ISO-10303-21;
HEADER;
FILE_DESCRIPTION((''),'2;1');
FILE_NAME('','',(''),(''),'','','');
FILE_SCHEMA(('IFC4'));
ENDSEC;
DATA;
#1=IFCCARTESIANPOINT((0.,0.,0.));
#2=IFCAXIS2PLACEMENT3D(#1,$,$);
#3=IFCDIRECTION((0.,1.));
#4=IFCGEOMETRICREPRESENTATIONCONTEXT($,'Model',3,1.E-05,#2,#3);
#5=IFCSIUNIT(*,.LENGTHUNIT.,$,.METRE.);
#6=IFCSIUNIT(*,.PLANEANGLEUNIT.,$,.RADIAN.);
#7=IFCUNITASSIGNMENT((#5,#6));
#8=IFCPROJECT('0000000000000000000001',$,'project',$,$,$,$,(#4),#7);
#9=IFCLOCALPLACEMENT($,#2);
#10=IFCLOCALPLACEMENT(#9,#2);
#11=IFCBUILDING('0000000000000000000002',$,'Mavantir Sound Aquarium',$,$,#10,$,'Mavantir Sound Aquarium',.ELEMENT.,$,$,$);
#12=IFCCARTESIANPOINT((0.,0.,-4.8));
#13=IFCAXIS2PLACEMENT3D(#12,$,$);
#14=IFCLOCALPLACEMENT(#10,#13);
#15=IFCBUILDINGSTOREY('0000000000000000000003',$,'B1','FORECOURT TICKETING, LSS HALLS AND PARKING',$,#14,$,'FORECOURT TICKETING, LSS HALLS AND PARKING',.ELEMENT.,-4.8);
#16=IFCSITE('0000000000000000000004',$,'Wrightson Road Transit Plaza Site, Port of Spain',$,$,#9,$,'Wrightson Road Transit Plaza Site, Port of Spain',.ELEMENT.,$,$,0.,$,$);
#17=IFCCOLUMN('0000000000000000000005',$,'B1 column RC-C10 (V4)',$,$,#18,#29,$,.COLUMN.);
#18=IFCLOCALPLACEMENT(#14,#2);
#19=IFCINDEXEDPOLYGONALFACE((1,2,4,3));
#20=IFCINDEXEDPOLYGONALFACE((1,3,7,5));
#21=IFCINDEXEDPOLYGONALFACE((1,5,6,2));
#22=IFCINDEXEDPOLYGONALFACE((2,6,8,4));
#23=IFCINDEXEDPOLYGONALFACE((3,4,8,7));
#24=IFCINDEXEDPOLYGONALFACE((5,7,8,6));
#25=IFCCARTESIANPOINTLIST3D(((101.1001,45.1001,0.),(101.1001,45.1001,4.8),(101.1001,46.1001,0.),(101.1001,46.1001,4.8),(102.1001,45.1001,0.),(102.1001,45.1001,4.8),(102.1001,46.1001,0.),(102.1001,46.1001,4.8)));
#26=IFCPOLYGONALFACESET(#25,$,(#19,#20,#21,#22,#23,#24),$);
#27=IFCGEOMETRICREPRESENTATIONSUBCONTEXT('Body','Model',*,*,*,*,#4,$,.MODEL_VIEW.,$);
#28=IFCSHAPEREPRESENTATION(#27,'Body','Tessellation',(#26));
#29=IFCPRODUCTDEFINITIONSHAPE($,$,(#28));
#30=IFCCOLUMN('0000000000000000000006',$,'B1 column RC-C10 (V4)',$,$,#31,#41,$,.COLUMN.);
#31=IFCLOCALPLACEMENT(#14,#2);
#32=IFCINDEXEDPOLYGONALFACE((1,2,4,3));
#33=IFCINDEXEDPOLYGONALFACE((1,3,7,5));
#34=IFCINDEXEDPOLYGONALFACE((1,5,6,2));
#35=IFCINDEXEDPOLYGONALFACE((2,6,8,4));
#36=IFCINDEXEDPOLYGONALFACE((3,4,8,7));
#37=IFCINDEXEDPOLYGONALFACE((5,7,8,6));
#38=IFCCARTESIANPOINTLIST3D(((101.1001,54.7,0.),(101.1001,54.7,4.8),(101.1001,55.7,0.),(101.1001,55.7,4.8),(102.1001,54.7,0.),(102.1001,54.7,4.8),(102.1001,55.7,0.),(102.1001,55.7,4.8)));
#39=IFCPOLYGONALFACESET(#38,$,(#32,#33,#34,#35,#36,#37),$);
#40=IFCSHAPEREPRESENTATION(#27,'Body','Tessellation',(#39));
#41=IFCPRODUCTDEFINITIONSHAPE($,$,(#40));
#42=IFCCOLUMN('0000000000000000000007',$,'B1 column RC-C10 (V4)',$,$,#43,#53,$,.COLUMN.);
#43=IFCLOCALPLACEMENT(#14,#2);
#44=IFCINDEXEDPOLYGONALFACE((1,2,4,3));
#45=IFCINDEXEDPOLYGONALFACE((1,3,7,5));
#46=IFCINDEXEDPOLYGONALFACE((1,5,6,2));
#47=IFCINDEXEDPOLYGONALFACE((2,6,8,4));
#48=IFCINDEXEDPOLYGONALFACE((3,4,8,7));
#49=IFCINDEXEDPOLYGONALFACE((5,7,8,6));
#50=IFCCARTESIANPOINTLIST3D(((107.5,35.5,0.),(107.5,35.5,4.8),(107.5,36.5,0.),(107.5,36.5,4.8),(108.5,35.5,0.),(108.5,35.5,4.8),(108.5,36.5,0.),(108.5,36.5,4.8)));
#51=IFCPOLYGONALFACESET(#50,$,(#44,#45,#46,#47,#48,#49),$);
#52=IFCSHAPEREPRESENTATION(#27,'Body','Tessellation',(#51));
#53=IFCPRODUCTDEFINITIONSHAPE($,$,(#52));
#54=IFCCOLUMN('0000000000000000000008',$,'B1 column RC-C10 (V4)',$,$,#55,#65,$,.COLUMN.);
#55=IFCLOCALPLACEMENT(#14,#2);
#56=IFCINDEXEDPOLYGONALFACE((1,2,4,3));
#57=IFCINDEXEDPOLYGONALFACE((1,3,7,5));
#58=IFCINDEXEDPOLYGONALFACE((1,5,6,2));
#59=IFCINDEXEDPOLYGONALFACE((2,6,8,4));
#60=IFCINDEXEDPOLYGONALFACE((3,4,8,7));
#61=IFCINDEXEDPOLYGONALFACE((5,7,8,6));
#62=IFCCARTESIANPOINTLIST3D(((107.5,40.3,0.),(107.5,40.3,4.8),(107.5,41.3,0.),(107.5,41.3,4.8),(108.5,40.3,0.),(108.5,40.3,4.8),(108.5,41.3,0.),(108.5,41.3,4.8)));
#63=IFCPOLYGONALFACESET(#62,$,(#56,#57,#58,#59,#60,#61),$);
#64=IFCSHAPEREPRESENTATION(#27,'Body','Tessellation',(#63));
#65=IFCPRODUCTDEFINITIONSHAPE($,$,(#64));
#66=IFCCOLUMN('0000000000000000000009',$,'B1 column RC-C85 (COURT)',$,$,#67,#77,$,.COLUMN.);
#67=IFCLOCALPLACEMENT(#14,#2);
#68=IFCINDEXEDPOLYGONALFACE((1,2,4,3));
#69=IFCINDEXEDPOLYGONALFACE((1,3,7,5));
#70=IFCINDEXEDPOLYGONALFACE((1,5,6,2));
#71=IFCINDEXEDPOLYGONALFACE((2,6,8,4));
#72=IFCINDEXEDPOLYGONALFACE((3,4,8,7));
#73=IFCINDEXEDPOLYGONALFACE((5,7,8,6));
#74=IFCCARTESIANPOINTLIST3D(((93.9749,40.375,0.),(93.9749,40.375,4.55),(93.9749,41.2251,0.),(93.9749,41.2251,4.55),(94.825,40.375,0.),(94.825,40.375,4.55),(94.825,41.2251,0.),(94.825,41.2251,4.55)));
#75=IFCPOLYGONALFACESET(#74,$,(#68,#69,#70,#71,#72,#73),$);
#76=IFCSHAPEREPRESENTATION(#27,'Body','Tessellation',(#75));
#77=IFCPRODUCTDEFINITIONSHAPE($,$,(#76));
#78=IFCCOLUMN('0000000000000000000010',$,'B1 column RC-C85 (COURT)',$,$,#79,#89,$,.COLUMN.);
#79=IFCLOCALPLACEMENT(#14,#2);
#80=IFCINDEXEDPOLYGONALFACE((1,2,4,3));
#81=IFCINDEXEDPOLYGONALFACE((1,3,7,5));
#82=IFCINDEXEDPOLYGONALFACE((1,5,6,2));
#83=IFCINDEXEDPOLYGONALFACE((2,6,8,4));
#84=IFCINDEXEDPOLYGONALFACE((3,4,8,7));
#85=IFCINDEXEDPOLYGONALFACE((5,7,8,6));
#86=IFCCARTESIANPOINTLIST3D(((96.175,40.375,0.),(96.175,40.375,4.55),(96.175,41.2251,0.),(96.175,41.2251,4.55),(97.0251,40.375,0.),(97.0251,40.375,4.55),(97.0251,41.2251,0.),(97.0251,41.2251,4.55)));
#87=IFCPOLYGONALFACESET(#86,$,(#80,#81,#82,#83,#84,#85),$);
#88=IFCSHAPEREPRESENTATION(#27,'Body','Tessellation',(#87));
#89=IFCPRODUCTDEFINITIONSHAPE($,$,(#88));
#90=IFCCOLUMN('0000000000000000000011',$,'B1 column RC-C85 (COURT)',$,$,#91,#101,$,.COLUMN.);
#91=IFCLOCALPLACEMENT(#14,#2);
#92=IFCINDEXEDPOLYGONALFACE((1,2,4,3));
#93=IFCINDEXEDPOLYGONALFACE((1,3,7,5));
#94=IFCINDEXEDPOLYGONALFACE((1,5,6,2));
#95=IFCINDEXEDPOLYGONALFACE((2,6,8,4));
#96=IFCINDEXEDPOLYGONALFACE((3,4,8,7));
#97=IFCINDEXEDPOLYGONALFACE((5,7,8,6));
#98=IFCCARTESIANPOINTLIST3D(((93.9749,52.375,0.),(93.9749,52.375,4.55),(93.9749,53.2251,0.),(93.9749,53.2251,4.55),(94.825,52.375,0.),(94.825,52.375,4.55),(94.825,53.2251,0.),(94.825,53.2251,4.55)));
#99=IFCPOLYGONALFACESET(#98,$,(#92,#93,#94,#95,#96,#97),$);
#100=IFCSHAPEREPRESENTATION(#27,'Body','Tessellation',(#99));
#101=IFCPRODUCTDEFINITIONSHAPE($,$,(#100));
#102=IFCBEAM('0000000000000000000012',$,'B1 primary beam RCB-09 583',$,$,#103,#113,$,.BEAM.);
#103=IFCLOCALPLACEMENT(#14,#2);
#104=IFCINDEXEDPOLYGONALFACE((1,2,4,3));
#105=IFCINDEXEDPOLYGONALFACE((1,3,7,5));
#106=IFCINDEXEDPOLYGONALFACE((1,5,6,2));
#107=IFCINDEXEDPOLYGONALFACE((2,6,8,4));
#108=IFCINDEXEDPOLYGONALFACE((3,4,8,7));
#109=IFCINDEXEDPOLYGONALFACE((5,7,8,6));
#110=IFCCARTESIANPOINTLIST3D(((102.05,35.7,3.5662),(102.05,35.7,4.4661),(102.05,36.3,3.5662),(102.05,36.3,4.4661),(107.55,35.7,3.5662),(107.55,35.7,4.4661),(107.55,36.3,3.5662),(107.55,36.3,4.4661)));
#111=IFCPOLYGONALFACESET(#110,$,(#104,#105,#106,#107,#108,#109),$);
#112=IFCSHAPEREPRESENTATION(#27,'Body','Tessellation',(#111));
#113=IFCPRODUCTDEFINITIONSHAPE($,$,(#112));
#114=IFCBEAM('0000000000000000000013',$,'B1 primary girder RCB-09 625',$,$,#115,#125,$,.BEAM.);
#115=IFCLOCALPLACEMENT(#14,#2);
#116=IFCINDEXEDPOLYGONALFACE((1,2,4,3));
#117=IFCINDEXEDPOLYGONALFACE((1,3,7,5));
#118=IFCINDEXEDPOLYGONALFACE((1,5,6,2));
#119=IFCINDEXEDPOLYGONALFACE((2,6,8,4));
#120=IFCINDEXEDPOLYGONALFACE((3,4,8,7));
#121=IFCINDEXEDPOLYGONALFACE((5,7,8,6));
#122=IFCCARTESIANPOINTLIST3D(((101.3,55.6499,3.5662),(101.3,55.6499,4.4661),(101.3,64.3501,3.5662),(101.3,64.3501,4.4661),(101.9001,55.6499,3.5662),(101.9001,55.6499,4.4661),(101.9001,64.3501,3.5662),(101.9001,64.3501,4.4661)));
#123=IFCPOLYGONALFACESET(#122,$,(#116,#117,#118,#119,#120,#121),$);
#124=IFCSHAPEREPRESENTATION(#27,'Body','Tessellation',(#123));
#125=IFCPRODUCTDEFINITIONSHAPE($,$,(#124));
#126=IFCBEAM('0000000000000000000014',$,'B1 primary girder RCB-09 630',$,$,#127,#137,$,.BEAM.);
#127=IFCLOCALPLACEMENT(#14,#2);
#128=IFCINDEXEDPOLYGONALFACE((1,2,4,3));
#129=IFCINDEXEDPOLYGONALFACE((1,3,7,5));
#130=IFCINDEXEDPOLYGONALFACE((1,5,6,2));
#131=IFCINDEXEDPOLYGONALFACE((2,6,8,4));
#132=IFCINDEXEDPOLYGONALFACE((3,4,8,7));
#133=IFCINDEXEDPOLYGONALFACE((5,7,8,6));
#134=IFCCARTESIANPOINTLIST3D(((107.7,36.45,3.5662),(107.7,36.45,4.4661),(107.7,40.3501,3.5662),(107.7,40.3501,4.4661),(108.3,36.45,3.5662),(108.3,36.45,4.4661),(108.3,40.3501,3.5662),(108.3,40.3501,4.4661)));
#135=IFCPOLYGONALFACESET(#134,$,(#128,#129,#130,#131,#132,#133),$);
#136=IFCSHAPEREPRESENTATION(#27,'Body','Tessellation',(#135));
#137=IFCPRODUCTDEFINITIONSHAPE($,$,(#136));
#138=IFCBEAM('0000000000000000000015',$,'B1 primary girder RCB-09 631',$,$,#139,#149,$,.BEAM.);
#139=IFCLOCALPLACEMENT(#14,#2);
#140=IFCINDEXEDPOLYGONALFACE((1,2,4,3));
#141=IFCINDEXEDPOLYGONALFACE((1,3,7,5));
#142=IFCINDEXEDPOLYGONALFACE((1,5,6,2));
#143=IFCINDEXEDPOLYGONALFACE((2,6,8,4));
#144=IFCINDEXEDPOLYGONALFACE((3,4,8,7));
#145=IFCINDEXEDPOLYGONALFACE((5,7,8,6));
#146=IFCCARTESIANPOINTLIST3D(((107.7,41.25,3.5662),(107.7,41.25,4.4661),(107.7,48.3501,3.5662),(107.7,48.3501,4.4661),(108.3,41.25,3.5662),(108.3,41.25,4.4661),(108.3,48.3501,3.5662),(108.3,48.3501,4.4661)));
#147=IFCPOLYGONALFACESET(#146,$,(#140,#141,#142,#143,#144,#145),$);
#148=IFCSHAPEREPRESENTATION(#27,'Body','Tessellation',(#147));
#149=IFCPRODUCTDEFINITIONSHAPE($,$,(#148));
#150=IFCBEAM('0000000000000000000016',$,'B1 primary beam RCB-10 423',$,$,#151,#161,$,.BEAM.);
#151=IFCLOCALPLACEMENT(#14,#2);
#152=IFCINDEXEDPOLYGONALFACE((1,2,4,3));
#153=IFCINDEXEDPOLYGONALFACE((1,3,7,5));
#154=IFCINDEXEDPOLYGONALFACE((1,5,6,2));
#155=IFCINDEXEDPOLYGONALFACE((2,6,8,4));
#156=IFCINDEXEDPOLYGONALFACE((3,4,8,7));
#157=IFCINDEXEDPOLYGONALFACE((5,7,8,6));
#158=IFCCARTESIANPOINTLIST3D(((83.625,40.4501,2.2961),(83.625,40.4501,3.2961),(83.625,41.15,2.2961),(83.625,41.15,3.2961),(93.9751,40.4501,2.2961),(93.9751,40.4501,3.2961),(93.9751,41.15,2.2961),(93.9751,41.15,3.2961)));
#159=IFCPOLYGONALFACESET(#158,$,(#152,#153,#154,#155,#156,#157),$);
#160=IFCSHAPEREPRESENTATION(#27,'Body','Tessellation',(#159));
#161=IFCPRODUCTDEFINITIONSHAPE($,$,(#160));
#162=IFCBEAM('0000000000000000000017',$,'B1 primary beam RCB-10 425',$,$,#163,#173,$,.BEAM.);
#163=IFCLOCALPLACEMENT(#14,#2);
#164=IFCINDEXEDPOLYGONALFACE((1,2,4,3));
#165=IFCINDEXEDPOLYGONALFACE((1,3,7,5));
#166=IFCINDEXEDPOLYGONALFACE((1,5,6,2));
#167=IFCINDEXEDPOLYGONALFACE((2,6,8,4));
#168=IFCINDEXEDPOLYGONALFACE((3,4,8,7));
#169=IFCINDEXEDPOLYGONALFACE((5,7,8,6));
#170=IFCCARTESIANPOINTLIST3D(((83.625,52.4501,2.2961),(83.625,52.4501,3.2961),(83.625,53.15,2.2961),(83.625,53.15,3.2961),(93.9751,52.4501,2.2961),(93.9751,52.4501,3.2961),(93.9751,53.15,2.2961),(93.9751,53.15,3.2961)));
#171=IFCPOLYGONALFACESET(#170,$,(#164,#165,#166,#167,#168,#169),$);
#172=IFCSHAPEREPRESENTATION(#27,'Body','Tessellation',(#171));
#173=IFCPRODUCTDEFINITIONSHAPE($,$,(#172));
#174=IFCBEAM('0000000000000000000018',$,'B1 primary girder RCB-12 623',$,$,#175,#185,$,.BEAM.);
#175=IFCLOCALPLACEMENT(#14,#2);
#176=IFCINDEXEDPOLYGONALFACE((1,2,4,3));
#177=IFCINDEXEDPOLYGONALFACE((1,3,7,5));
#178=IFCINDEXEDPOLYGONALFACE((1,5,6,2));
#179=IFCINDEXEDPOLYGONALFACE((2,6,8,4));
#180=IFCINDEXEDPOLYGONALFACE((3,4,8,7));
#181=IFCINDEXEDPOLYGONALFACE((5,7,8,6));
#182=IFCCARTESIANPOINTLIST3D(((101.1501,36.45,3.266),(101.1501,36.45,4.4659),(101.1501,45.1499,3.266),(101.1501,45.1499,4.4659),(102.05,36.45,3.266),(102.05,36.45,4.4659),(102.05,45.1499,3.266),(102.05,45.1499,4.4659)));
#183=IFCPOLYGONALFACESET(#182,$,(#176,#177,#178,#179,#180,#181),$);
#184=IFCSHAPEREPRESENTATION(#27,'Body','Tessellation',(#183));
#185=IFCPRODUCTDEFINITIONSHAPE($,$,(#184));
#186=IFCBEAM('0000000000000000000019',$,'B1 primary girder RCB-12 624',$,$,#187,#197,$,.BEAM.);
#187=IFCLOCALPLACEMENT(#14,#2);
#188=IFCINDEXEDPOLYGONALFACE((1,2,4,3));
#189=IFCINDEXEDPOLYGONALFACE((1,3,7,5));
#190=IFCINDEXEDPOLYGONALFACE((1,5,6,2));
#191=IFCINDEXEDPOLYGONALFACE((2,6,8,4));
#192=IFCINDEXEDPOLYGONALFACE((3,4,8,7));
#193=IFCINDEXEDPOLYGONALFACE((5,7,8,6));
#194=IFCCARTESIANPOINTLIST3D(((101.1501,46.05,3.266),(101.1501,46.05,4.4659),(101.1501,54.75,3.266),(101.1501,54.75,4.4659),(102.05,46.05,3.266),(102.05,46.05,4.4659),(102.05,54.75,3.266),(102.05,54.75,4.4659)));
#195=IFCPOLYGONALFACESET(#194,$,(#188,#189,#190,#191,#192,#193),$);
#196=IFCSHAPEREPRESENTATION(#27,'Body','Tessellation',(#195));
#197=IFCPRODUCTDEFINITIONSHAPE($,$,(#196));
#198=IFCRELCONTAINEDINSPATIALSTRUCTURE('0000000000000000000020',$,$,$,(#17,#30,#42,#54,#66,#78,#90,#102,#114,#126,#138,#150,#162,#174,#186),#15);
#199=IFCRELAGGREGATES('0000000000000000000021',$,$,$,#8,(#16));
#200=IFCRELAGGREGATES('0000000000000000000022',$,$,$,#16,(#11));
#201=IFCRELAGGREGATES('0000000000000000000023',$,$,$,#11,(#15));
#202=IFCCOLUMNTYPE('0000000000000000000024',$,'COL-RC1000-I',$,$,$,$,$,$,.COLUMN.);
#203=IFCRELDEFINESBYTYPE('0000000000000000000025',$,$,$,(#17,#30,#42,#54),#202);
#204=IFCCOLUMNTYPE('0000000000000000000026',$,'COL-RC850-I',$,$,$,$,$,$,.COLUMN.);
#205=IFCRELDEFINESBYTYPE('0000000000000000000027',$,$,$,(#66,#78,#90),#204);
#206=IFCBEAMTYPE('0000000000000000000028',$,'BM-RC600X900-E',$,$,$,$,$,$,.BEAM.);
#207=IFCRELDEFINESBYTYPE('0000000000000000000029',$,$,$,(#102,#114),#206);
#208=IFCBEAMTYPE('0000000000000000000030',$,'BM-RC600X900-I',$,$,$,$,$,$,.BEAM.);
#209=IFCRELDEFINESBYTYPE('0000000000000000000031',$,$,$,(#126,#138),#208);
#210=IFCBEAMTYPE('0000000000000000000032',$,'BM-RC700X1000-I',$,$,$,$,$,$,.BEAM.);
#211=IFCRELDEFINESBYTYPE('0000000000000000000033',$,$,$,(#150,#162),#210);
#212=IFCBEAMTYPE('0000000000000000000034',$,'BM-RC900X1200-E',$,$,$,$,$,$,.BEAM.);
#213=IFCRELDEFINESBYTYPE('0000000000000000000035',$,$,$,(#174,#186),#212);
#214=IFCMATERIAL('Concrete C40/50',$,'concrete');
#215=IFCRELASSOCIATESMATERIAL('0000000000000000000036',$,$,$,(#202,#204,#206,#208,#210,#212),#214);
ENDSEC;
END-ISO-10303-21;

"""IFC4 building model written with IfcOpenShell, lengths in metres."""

from ifc_helpers import new_model, si_unit, direction, frame, origin, origin_2d, place, context, subcontext, project, spatial, rectangle, extrude, material, material_profile, profile_set, type_object, element, save


model = new_model("IFC4")

# Units and contexts
model_context = context("Model", 3, precision=1e-05, world=origin(), true_north=direction((0.0, 1.0)))
body_context = subcontext(model_context, "Body", "Model", "MODEL_VIEW")
ifc_project = project(units=[si_unit("LENGTHUNIT", "METRE"), si_unit("PLANEANGLEUNIT", "RADIAN")], contexts=[model_context])

# Site, building, storey
site_placement = place(None, origin())
site = spatial("IfcSite", under=ifc_project, at=site_placement, Name="Wrightson Road Transit Plaza Site, Port of Spain", LongName="Wrightson Road Transit Plaza Site, Port of Spain", CompositionType="ELEMENT", RefElevation=0.0)
building_placement = place(site_placement, origin())
building = spatial("IfcBuilding", under=site, at=building_placement, Name="Mavantir Sound Aquarium", LongName="Mavantir Sound Aquarium", CompositionType="ELEMENT")
storey_placement = place(building_placement, frame((0.0, 0.0, -4.8)))
storey = spatial("IfcBuildingStorey", under=building, at=storey_placement, Name="B1", Description="FORECOURT TICKETING, LSS HALLS AND PARKING", LongName="FORECOURT TICKETING, LSS HALLS AND PARKING", CompositionType="ELEMENT", Elevation=-4.8)

# Columns
ifc_material_1 = material(Name="Concrete C40/50", Category="concrete")
ifc_material_profile_1 = material_profile(ifc_material_1, rectangle(XDim=1.0, YDim=1.0, at=origin_2d()), Name="RC 1000X1000")
ifc_profile_set_1 = profile_set([ifc_material_profile_1], Name="Concrete C40/50")
column_type_1 = type_object("IfcColumnType", Name="COL-RC1000-I", PredefinedType="COLUMN", material=ifc_profile_set_1)
for number, where, z_axis, x_axis, name in (
    (1, (101.6001, 45.6001, 0.0), (0.0, 0.0, 1.0), (1.0, 0.0, 0.0), "B1 column RC-C10 (V4)"),
    (2, (101.6001, 55.2, 0.0), (0.0, 0.0, 1.0), (1.0, 0.0, 0.0), "B1 column RC-C10 (V4)"),
    (3, (108.0, 36.0, 0.0), (0.0, 0.0, 1.0), (1.0, 0.0, 0.0), "B1 column RC-C10 (V4)"),
    (4, (108.0, 40.8, 0.0), (0.0, 0.0, 1.0), (1.0, 0.0, 0.0), "B1 column RC-C10 (V4)"),
):
    element("IfcColumn", number, at=place(storey_placement, frame(where, z_axis=z_axis, x_axis=x_axis)), inside=storey, type_object=column_type_1, Name=name, PredefinedType="COLUMN", context=body_context, shape_type="SweptSolid", body=[
        extrude(rectangle(XDim=1.0, YDim=1.0, at=origin_2d()), origin(), (0.0, 0.0, 1.0), 4.8),
    ])
ifc_material_profile_2 = material_profile(ifc_material_1, rectangle(XDim=0.8501, YDim=0.8501, at=origin_2d()), Name="RC 850X850")
ifc_profile_set_2 = profile_set([ifc_material_profile_2], Name="Concrete C40/50")
column_type_2 = type_object("IfcColumnType", Name="COL-RC850-I", PredefinedType="COLUMN", material=ifc_profile_set_2)
for number, where, z_axis, x_axis, name in (
    (5, (94.3999, 40.8, 0.0), (0.0, 0.0, 1.0), (1.0, 0.0, 0.0), "B1 column RC-C85 (COURT)"),
    (6, (96.6001, 40.8, 0.0), (0.0, 0.0, 1.0), (1.0, 0.0, 0.0), "B1 column RC-C85 (COURT)"),
    (7, (94.3999, 52.8, 0.0), (0.0, 0.0, 1.0), (1.0, 0.0, 0.0), "B1 column RC-C85 (COURT)"),
):
    element("IfcColumn", number, at=place(storey_placement, frame(where, z_axis=z_axis, x_axis=x_axis)), inside=storey, type_object=column_type_2, Name=name, PredefinedType="COLUMN", context=body_context, shape_type="SweptSolid", body=[
        extrude(rectangle(XDim=0.8501, YDim=0.8501, at=origin_2d()), origin(), (0.0, 0.0, 1.0), 4.55),
    ])

# Beams
ifc_material_profile_3 = material_profile(ifc_material_1, rectangle(XDim=0.6001, YDim=0.8999, at=origin_2d()), Name="RC 600X900")
ifc_profile_set_3 = profile_set([ifc_material_profile_3], Name="Concrete C40/50")
beam_type_1 = type_object("IfcBeamType", Name="BM-RC600X900-E", PredefinedType="BEAM", material=ifc_profile_set_3)
beam_1_placement = place(storey_placement, frame((102.05, 36.0, 4.0161), z_axis=(1.0, 0.0, 0.0), x_axis=(0.0, 1.0, 0.0)))
element("IfcBeam", 8, at=beam_1_placement, inside=storey, type_object=beam_type_1, Name="B1 primary beam RCB-09 583", PredefinedType="BEAM", context=body_context, shape_type="SweptSolid", body=[
    extrude(rectangle(XDim=0.6001, YDim=0.8999, at=origin_2d()), origin(), (0.0, 0.0, 1.0), 5.5),
])
beam_2_placement = place(storey_placement, frame((101.6001, 55.6499, 4.0161), z_axis=(0.0, 1.0, 0.0), x_axis=(-1.0, 0.0, 0.0)))
element("IfcBeam", 9, at=beam_2_placement, inside=storey, type_object=beam_type_1, Name="B1 primary girder RCB-09 625", PredefinedType="BEAM", context=body_context, shape_type="SweptSolid", body=[
    extrude(rectangle(XDim=0.6001, YDim=0.8999, at=origin_2d()), origin(), (0.0, 0.0, 1.0), 8.7002),
])
ifc_material_profile_4 = material_profile(ifc_material_1, rectangle(XDim=0.6001, YDim=0.8999, at=origin_2d()), Name="RC 600X900")
ifc_profile_set_4 = profile_set([ifc_material_profile_4], Name="Concrete C40/50")
beam_type_2 = type_object("IfcBeamType", Name="BM-RC600X900-I", PredefinedType="BEAM", material=ifc_profile_set_4)
beam_3_placement = place(storey_placement, frame((108.0, 36.45, 4.0161), z_axis=(0.0, 1.0, 0.0), x_axis=(-1.0, 0.0, 0.0)))
element("IfcBeam", 10, at=beam_3_placement, inside=storey, type_object=beam_type_2, Name="B1 primary girder RCB-09 630", PredefinedType="BEAM", context=body_context, shape_type="SweptSolid", body=[
    extrude(rectangle(XDim=0.6001, YDim=0.8999, at=origin_2d()), origin(), (0.0, 0.0, 1.0), 3.9001),
])
beam_4_placement = place(storey_placement, frame((108.0, 41.25, 4.0161), z_axis=(0.0, 1.0, 0.0), x_axis=(-1.0, 0.0, 0.0)))
element("IfcBeam", 11, at=beam_4_placement, inside=storey, type_object=beam_type_2, Name="B1 primary girder RCB-09 631", PredefinedType="BEAM", context=body_context, shape_type="SweptSolid", body=[
    extrude(rectangle(XDim=0.6001, YDim=0.8999, at=origin_2d()), origin(), (0.0, 0.0, 1.0), 7.1001),
])
ifc_material_profile_5 = material_profile(ifc_material_1, rectangle(XDim=0.7, YDim=1.0, at=origin_2d()), Name="RC 700X1000")
ifc_profile_set_5 = profile_set([ifc_material_profile_5], Name="Concrete C40/50")
beam_type_3 = type_object("IfcBeamType", Name="BM-RC700X1000-I", PredefinedType="BEAM", material=ifc_profile_set_5)
for number, where, z_axis, x_axis, name in (
    (12, (83.625, 40.8, 2.7961), (1.0, 0.0, 0.0), (0.0, 1.0, 0.0), "B1 primary beam RCB-10 423"),
    (13, (83.625, 52.8, 2.7961), (1.0, 0.0, 0.0), (0.0, 1.0, 0.0), "B1 primary beam RCB-10 425"),
):
    element("IfcBeam", number, at=place(storey_placement, frame(where, z_axis=z_axis, x_axis=x_axis)), inside=storey, type_object=beam_type_3, Name=name, PredefinedType="BEAM", context=body_context, shape_type="SweptSolid", body=[
        extrude(rectangle(XDim=0.7, YDim=1.0, at=origin_2d()), origin(), (0.0, 0.0, 1.0), 10.3501),
    ])
ifc_material_profile_6 = material_profile(ifc_material_1, rectangle(XDim=0.8999, YDim=1.2, at=origin_2d()), Name="RC 900X1200")
ifc_profile_set_6 = profile_set([ifc_material_profile_6], Name="Concrete C40/50")
beam_type_4 = type_object("IfcBeamType", Name="BM-RC900X1200-E", PredefinedType="BEAM", material=ifc_profile_set_6)
for number, where, z_axis, x_axis, name in (
    (14, (101.6001, 36.45, 3.866), (0.0, 1.0, 0.0), (-1.0, 0.0, 0.0), "B1 primary girder RCB-12 623"),
    (15, (101.6001, 46.05, 3.866), (0.0, 1.0, 0.0), (-1.0, 0.0, 0.0), "B1 primary girder RCB-12 624"),
):
    element("IfcBeam", number, at=place(storey_placement, frame(where, z_axis=z_axis, x_axis=x_axis)), inside=storey, type_object=beam_type_4, Name=name, PredefinedType="BEAM", context=body_context, shape_type="SweptSolid", body=[
        extrude(rectangle(XDim=0.8999, YDim=1.2, at=origin_2d()), origin(), (0.0, 0.0, 1.0), 8.7),
    ])

save(model, "model.ifc")
